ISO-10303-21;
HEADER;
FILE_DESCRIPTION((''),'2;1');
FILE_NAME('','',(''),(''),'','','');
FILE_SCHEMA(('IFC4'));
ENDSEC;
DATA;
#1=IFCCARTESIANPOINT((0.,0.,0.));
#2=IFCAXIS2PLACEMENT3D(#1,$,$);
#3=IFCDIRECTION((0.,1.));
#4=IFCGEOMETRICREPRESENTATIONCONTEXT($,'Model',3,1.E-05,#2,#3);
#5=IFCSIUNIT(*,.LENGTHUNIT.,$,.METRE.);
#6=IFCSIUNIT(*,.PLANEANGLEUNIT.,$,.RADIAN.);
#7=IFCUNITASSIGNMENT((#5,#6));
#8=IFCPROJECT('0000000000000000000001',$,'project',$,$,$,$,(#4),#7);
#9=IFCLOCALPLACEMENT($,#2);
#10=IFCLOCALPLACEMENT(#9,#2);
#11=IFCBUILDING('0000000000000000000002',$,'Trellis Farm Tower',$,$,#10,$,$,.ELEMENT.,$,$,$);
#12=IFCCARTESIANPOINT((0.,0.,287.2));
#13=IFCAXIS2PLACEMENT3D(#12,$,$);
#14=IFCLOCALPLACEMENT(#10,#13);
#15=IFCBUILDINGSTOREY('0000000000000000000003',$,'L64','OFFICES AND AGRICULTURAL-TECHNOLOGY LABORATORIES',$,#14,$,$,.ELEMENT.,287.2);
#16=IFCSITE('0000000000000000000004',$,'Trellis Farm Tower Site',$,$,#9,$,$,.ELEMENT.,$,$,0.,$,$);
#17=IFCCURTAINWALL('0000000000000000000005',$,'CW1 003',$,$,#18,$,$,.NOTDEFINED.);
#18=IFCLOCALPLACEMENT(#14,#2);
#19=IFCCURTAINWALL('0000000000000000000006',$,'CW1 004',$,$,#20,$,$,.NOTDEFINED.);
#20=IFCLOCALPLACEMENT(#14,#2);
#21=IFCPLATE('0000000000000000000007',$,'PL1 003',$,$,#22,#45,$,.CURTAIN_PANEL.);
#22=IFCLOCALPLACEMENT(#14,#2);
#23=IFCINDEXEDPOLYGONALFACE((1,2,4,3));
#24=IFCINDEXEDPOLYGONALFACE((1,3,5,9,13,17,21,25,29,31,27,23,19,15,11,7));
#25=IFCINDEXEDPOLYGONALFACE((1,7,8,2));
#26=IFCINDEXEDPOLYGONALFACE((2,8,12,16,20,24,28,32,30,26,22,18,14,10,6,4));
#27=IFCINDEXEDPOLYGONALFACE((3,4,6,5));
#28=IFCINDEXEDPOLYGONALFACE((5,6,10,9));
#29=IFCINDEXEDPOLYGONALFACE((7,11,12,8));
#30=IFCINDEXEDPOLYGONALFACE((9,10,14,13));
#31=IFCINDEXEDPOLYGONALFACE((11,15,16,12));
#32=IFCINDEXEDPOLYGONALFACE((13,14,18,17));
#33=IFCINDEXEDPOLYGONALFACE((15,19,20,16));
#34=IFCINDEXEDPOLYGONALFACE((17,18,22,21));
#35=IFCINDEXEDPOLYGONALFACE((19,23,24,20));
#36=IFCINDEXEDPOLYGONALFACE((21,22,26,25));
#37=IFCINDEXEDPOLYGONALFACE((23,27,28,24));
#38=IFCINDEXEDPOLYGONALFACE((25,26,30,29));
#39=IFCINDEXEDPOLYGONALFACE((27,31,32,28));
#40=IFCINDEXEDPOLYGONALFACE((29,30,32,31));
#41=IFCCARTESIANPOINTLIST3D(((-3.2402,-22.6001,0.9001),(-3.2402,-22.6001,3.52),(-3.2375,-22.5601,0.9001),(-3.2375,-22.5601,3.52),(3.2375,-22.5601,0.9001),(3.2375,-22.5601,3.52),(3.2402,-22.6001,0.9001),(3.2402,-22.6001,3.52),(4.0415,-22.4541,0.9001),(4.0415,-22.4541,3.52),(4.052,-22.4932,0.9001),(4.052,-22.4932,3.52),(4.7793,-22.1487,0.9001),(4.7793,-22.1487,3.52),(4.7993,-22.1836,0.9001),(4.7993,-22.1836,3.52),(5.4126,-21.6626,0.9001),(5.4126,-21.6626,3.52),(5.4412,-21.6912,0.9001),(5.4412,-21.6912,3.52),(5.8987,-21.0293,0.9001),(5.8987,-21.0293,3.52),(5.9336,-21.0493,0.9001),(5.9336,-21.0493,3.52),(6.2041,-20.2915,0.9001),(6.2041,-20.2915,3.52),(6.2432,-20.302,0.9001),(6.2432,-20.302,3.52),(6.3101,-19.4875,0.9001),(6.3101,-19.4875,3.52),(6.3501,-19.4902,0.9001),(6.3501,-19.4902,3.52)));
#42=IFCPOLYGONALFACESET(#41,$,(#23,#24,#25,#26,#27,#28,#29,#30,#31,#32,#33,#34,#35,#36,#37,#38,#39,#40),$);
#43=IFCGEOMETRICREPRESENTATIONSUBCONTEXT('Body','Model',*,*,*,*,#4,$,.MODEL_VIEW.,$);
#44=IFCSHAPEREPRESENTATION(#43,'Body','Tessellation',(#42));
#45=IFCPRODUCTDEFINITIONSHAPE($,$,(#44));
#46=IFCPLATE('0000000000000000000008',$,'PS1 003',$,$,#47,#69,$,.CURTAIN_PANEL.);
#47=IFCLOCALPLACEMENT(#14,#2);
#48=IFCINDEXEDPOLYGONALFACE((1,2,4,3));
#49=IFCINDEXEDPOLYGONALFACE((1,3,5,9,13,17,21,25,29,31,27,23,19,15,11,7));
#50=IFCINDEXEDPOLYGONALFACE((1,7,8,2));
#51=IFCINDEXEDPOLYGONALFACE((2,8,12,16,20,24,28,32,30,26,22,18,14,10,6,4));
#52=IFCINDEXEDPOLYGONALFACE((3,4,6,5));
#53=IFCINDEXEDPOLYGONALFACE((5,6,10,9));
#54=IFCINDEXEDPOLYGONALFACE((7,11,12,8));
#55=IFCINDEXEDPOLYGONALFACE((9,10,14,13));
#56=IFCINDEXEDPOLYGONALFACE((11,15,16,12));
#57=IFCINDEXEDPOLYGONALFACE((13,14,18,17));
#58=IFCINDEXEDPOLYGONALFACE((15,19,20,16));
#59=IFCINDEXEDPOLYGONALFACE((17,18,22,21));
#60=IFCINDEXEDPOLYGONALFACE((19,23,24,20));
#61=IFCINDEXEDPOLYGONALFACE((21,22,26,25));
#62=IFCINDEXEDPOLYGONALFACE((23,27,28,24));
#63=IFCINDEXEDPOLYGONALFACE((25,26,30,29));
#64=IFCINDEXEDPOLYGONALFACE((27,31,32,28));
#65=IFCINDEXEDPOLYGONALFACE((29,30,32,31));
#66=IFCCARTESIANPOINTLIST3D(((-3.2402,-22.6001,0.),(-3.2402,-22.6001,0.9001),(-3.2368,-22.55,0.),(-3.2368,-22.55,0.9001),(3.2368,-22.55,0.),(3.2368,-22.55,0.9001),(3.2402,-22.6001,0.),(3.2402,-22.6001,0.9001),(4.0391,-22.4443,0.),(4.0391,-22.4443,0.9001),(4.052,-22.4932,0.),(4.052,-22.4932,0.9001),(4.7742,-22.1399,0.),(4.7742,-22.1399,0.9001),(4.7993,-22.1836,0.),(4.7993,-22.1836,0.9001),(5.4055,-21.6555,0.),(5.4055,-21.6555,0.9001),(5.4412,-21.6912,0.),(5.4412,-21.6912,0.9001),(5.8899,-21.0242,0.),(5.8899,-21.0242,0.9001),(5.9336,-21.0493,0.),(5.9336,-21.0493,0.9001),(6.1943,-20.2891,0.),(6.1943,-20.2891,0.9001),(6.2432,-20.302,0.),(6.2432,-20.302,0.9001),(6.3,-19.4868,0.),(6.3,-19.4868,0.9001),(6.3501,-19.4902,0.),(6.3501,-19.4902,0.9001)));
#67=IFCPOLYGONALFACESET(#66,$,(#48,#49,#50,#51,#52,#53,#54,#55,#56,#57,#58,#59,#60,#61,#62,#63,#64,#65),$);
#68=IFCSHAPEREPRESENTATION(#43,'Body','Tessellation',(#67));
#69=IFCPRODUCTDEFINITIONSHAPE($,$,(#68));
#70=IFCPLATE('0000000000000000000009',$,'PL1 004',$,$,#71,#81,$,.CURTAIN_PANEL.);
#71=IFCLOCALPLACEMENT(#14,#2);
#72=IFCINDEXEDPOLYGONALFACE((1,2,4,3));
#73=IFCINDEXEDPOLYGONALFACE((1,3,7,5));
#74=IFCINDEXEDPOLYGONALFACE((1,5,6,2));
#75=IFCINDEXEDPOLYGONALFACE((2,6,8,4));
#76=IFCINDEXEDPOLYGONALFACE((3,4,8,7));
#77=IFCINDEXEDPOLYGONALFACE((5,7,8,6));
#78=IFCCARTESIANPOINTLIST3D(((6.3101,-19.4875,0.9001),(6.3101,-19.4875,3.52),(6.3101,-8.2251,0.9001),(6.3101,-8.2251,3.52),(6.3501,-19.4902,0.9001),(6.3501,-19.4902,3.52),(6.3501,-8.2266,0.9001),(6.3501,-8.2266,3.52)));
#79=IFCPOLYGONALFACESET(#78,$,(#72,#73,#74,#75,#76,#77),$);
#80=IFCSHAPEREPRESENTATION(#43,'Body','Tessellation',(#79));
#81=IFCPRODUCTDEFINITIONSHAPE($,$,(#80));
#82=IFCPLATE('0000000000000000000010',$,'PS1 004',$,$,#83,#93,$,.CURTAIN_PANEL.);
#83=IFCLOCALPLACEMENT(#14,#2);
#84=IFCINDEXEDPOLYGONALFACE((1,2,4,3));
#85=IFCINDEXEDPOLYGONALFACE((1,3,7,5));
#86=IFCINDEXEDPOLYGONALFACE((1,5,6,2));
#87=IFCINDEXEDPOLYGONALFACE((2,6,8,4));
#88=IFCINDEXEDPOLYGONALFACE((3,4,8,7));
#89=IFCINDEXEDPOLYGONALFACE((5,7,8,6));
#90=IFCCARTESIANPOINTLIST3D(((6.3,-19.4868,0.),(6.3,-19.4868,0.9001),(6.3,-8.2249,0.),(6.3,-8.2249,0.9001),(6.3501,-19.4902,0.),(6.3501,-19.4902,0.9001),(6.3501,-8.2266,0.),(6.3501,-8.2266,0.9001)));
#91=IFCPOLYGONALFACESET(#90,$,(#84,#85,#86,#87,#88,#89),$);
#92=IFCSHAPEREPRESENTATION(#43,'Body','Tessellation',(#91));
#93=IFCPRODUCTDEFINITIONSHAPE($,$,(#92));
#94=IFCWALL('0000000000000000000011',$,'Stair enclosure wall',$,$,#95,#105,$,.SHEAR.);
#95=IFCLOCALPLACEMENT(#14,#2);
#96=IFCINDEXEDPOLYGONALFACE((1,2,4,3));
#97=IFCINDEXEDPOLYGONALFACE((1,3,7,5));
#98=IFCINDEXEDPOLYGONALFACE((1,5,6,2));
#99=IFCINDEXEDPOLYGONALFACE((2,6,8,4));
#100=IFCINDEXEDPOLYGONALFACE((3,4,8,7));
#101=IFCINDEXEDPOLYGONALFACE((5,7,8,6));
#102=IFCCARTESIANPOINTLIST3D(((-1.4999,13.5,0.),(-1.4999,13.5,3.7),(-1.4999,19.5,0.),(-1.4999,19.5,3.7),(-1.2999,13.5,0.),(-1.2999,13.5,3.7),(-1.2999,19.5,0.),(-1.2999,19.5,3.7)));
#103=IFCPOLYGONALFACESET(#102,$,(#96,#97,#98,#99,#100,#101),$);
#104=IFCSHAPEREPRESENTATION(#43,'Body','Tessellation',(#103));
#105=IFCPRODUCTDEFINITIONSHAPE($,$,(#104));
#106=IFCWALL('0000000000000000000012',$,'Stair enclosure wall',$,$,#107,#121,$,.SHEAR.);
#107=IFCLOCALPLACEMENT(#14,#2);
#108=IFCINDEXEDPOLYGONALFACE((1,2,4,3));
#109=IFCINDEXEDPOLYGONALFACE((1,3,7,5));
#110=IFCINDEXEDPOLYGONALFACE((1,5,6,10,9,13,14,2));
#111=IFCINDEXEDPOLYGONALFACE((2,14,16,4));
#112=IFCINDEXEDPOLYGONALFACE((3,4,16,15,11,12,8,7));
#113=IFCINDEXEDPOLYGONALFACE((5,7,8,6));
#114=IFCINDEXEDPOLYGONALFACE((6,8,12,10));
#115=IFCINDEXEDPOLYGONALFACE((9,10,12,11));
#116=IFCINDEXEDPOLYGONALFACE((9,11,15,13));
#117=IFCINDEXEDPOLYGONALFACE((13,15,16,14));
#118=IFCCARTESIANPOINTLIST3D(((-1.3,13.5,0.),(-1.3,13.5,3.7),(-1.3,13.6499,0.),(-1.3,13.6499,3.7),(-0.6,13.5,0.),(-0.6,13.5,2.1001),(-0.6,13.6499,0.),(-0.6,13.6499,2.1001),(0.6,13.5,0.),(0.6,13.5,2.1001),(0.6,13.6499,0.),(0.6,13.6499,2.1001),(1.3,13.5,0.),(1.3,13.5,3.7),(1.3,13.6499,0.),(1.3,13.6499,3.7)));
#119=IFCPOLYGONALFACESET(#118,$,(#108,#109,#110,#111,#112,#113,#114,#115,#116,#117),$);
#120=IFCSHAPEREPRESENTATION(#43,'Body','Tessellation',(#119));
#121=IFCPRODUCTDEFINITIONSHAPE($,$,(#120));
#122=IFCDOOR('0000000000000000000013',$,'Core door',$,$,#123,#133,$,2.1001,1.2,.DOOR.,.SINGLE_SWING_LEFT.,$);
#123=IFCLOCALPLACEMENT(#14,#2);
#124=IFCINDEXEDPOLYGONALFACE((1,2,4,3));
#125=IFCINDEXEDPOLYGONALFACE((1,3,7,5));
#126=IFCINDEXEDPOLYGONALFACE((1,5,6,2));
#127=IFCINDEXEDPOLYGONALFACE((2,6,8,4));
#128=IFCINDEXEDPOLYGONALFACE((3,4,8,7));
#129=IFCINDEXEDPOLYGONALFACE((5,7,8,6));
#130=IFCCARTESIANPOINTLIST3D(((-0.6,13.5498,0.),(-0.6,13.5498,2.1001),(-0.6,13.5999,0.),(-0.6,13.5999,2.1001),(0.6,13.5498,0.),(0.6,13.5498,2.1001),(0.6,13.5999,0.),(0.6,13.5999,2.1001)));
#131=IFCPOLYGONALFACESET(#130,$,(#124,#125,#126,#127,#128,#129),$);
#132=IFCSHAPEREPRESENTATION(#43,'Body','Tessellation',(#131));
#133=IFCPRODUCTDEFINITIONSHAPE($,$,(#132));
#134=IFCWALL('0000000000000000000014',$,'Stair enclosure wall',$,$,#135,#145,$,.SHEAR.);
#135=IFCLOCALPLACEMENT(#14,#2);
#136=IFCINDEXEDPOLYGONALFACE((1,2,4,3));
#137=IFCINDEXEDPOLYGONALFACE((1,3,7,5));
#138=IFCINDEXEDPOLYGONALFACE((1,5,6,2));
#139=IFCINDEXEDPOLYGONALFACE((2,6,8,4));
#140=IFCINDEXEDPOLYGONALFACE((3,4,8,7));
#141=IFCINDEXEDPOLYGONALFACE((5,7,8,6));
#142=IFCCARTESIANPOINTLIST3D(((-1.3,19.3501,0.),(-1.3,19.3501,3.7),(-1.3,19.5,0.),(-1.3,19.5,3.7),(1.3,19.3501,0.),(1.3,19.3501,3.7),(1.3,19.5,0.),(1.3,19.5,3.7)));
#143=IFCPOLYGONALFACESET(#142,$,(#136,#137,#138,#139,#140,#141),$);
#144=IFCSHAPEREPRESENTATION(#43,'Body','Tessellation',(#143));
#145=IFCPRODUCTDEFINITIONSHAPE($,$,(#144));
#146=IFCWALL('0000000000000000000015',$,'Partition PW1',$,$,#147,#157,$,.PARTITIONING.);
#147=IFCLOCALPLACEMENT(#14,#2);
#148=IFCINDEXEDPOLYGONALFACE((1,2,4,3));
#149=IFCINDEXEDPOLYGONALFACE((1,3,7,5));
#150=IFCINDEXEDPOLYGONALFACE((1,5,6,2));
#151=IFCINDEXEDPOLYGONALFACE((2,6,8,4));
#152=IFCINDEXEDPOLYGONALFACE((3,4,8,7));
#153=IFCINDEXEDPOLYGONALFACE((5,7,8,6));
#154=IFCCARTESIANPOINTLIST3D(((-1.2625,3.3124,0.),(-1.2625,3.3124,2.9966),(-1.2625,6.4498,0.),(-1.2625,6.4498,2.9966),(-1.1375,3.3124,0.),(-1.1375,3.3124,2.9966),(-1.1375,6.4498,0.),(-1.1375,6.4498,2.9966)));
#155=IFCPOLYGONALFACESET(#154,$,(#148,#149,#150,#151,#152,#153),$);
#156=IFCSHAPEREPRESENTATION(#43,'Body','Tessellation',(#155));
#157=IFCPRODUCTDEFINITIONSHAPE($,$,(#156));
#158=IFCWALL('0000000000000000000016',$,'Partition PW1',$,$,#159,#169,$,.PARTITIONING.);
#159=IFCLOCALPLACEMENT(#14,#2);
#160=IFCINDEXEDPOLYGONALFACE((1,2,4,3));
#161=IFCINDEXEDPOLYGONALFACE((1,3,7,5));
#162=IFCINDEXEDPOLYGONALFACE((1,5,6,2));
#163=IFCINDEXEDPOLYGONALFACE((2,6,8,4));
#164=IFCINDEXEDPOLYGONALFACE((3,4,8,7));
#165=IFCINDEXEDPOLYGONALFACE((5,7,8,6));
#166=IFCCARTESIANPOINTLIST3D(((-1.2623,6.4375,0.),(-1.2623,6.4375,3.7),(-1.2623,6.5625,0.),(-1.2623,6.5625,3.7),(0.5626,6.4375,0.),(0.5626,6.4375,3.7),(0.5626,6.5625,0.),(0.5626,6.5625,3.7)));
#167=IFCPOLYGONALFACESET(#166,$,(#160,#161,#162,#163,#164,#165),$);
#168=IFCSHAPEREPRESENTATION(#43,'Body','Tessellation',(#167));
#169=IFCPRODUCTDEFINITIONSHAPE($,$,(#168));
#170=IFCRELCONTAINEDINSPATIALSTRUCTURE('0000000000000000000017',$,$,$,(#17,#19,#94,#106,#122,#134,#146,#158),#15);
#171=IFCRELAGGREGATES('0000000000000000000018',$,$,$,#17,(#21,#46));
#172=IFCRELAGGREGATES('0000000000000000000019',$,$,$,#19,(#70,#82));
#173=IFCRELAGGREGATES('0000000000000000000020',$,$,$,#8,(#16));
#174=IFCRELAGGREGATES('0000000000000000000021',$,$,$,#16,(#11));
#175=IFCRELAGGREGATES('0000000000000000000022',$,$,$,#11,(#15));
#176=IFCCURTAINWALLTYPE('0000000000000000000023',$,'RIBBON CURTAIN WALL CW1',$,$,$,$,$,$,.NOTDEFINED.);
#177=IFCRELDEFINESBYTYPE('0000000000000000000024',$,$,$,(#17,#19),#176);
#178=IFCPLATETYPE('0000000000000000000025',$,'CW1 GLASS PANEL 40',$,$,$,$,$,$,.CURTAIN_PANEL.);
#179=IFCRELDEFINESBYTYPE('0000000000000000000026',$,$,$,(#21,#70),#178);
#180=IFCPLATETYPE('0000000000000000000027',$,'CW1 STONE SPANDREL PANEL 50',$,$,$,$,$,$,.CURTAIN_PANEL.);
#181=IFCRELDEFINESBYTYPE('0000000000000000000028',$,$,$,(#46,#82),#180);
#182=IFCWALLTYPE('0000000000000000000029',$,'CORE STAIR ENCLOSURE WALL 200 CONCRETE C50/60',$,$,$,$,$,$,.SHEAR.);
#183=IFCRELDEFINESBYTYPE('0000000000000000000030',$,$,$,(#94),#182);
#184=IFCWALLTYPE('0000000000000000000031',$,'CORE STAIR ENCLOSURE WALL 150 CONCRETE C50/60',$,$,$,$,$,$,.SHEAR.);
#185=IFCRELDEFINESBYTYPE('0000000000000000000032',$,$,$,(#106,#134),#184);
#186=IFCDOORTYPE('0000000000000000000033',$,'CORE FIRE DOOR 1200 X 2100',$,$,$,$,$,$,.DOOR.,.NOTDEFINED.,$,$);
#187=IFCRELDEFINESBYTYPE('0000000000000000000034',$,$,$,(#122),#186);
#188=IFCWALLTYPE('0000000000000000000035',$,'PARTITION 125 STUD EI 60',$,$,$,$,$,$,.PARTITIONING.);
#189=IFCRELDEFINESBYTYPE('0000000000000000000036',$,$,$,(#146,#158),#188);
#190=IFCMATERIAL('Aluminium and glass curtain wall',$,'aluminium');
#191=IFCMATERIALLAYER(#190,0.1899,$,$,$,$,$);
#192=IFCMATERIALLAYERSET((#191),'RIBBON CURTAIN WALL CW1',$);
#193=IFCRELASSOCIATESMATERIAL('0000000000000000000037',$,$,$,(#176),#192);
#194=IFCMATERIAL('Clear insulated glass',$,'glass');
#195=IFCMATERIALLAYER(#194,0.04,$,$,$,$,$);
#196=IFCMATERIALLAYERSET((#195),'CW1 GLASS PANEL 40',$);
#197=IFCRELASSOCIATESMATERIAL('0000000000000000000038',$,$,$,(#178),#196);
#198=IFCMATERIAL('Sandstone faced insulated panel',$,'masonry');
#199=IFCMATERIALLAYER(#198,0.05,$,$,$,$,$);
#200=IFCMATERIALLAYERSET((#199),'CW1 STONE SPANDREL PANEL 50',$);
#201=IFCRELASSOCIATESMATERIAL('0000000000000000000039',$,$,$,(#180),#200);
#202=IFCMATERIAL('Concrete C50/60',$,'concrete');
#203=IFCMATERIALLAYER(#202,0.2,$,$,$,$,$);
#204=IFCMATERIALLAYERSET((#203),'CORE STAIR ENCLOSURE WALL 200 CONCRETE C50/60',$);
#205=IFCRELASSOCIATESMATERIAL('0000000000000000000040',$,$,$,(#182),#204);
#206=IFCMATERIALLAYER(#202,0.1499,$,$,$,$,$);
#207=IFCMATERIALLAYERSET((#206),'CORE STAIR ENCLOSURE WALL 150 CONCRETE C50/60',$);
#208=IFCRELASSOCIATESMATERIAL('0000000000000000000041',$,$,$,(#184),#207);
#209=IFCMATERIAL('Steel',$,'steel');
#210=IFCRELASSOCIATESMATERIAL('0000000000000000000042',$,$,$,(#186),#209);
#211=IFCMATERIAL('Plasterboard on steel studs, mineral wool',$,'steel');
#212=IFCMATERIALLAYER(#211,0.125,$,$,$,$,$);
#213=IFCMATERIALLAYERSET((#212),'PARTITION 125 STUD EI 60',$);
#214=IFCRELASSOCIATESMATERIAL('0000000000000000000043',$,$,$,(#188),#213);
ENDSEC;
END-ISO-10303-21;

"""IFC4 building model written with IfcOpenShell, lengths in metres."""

from ifc_helpers import new_model, si_unit, direction, frame, frame_2d, origin, place, context, subcontext, project, spatial, polyline, rectangle, outline, extrude, source, transform, mapped, material, layer, layer_set, type_object, element, fill, aggregate, save


model = new_model("IFC4")

# Units and contexts
model_context = context("Model", 3, precision=1e-05, world=origin(), true_north=direction((0.0, 1.0)))
body_context = subcontext(model_context, "Body", "Model", "MODEL_VIEW")
ifc_project = project(units=[si_unit("LENGTHUNIT", "METRE"), si_unit("PLANEANGLEUNIT", "RADIAN")], contexts=[model_context])

# Site, building, storey
site_placement = place(None, origin())
site = spatial("IfcSite", under=ifc_project, at=site_placement, Name="Trellis Farm Tower Site", CompositionType="ELEMENT", RefElevation=0.0)
building_placement = place(site_placement, origin())
building = spatial("IfcBuilding", under=site, at=building_placement, Name="Trellis Farm Tower", CompositionType="ELEMENT")
storey_placement = place(building_placement, frame((0.0, 0.0, 287.2)))
storey = spatial("IfcBuildingStorey", under=building, at=storey_placement, Name="L64", Description="OFFICES AND AGRICULTURAL-TECHNOLOGY LABORATORIES", CompositionType="ELEMENT", Elevation=287.2)

# Curtain walls
ifc_material_1 = material(Name="Aluminium and glass curtain wall", Category="aluminium")
placement_1 = place(storey_placement, origin())
ifc_layer_1 = layer(ifc_material_1, 0.1899)
ifc_layer_set_1 = layer_set([ifc_layer_1], Name="RIBBON CURTAIN WALL CW1")
curtain_wall_type_1 = type_object("IfcCurtainWallType", Name="RIBBON CURTAIN WALL CW1", PredefinedType="NOTDEFINED", material=ifc_layer_set_1)
curtain_wall_1 = element("IfcCurtainWall", 1, at=placement_1, inside=storey, type_object=curtain_wall_type_1, Name="CW1 003", PredefinedType="NOTDEFINED")
curtain_wall_2 = element("IfcCurtainWall", 2, at=placement_1, inside=storey, type_object=curtain_wall_type_1, Name="CW1 004", PredefinedType="NOTDEFINED")

# Plates
ifc_material_2 = material(Name="Clear insulated glass", Category="glass")
ifc_layer_2 = layer(ifc_material_2, 0.04)
ifc_layer_set_2 = layer_set([ifc_layer_2], Name="CW1 GLASS PANEL 40")
plate_type_1 = type_object("IfcPlateType", Name="CW1 GLASS PANEL 40", PredefinedType="CURTAIN_PANEL", material=ifc_layer_set_2)
placement_2 = place(storey_placement, frame((0.0, 0.0, 0.9001)))
ifc_material_3 = material(Name="Sandstone faced insulated panel", Category="masonry")
ifc_layer_3 = layer(ifc_material_3, 0.05)
ifc_layer_set_3 = layer_set([ifc_layer_3], Name="CW1 STONE SPANDREL PANEL 50")
plate_type_2 = type_object("IfcPlateType", Name="CW1 STONE SPANDREL PANEL 50", PredefinedType="CURTAIN_PANEL", material=ifc_layer_set_3)
shared_shape_1 = source(origin(), body_context, "Body", "SweptSolid", [
    extrude(outline(polyline([(-3.2402, -22.6001), (3.2402, -22.6001), (4.052, -22.4932), (4.7993, -22.1836), (5.4412, -21.6912), (5.9336, -21.0493), (6.2432, -20.302), (6.3501, -19.4902), (6.3101, -19.4875), (6.2041, -20.2915), (5.8987, -21.0293), (5.4126, -21.6626), (4.7793, -22.1487), (4.0415, -22.4541), (3.2375, -22.5601), (-3.2375, -22.5601), (-3.2402, -22.6001)])), origin(), (0.0, 0.0, 1.0), 2.6199),
])
plate_1 = element("IfcPlate", 3, at=placement_2, type_object=plate_type_1, Name="PL1 003", PredefinedType="CURTAIN_PANEL", context=body_context, shape_type="MappedRepresentation", body=[
    mapped(shared_shape_1, transform((0.0, 0.0, 0.0))),
])
shared_shape_2 = source(origin(), body_context, "Body", "SweptSolid", [
    extrude(outline(polyline([(-3.2402, -22.6001), (3.2402, -22.6001), (4.052, -22.4932), (4.7993, -22.1836), (5.4412, -21.6912), (5.9336, -21.0493), (6.2432, -20.302), (6.3501, -19.4902), (6.3, -19.4868), (6.1943, -20.2891), (5.8899, -21.0242), (5.4055, -21.6555), (4.7742, -22.1399), (4.0391, -22.4443), (3.2368, -22.55), (-3.2368, -22.55), (-3.2402, -22.6001)])), origin(), (0.0, 0.0, 1.0), 0.9001),
])
plate_2 = element("IfcPlate", 4, at=placement_1, type_object=plate_type_2, Name="PS1 003", PredefinedType="CURTAIN_PANEL", context=body_context, shape_type="MappedRepresentation", body=[
    mapped(shared_shape_2, transform((0.0, 0.0, 0.0))),
])
aggregate(curtain_wall_1, [plate_1, plate_2])
shared_shape_3 = source(origin(), body_context, "Body", "SweptSolid", [
    extrude(outline(polyline([(6.3501, -19.4902), (6.3501, -8.2266), (6.3101, -8.2251), (6.3101, -19.4875), (6.3501, -19.4902)])), origin(), (0.0, 0.0, 1.0), 2.6199),
])
plate_3 = element("IfcPlate", 5, at=placement_2, type_object=plate_type_1, Name="PL1 004", PredefinedType="CURTAIN_PANEL", context=body_context, shape_type="MappedRepresentation", body=[
    mapped(shared_shape_3, transform((0.0, 0.0, 0.0))),
])
shared_shape_4 = source(origin(), body_context, "Body", "SweptSolid", [
    extrude(outline(polyline([(6.3501, -19.4902), (6.3501, -8.2266), (6.3, -8.2249), (6.3, -19.4868), (6.3501, -19.4902)])), origin(), (0.0, 0.0, 1.0), 0.9001),
])
plate_4 = element("IfcPlate", 6, at=placement_1, type_object=plate_type_2, Name="PS1 004", PredefinedType="CURTAIN_PANEL", context=body_context, shape_type="MappedRepresentation", body=[
    mapped(shared_shape_4, transform((0.0, 0.0, 0.0))),
])
aggregate(curtain_wall_2, [plate_3, plate_4])

# Wall
ifc_material_4 = material(Name="Concrete C50/60", Category="concrete")
ifc_layer_4 = layer(ifc_material_4, 0.2)
ifc_layer_set_4 = layer_set([ifc_layer_4], Name="CORE STAIR ENCLOSURE WALL 200 CONCRETE C50/60")
wall_type_1 = type_object("IfcWallType", Name="CORE STAIR ENCLOSURE WALL 200 CONCRETE C50/60", PredefinedType="SHEAR", material=ifc_layer_set_4)
shared_shape_5 = source(origin(), body_context, "Body", "SweptSolid", [
    extrude(rectangle(XDim=6.0, YDim=0.2, at=frame_2d((3.0, 0.0))), origin(), (0.0, 0.0, 1.0), 3.7),
])
wall_1_placement = place(storey_placement, frame((-1.3999, 13.5, 0.0), z_axis=(0.0, 0.0, 1.0), x_axis=(0.0, 1.0, 0.0)))
element("IfcWall", 7, at=wall_1_placement, inside=storey, type_object=wall_type_1, Name="Stair enclosure wall", PredefinedType="SHEAR", context=body_context, shape_type="MappedRepresentation", body=[
    mapped(shared_shape_5, transform((0.0, 0.0, 0.0))),
])

# Wall, opening, door
ifc_layer_5 = layer(ifc_material_4, 0.1499)
ifc_layer_set_5 = layer_set([ifc_layer_5], Name="CORE STAIR ENCLOSURE WALL 150 CONCRETE C50/60")
wall_type_2 = type_object("IfcWallType", Name="CORE STAIR ENCLOSURE WALL 150 CONCRETE C50/60", PredefinedType="SHEAR", material=ifc_layer_set_5)
shared_shape_6 = source(origin(), body_context, "Body", "SweptSolid", [
    extrude(rectangle(XDim=2.6001, YDim=0.1499, at=frame_2d((1.3, 0.0))), origin(), (0.0, 0.0, 1.0), 3.7),
])
wall_2_placement = place(storey_placement, frame((-1.3, 13.575, 0.0), z_axis=(0.0, 0.0, 1.0), x_axis=(1.0, 0.0, 0.0)))
wall_2 = element("IfcWall", 8, at=wall_2_placement, inside=storey, type_object=wall_type_2, Name="Stair enclosure wall", PredefinedType="SHEAR", context=body_context, shape_type="MappedRepresentation", body=[
    mapped(shared_shape_6, transform((0.0, 0.0, 0.0))),
])
shared_shape_7 = source(origin(), body_context, "Body", "SweptSolid", [
    extrude(rectangle(XDim=1.2, YDim=2.1001, at=frame_2d((0.6001, 1.05))), frame((0.0, 0.085, 0.0), z_axis=(0.0, -1.0, 0.0), x_axis=(1.0, 0.0, 0.0)), (0.0, 0.0, 1.0), 0.1699),
])
opening_1_placement = place(wall_2_placement, frame((0.7, 0.0, 0.0)))
opening_1 = element("IfcOpeningElement", 9, at=opening_1_placement, cuts=wall_2, PredefinedType="OPENING", context=body_context, shape_type="MappedRepresentation", body=[
    mapped(shared_shape_7, transform((0.0, 0.0, 0.0))),
])
ifc_material_5 = material(Name="Steel", Category="steel")
door_type_1 = type_object("IfcDoorType", Name="CORE FIRE DOOR 1200 X 2100", OperationType="NOTDEFINED", PredefinedType="DOOR", material=ifc_material_5)
shared_shape_8 = source(origin(), body_context, "Body", "SweptSolid", [
    extrude(rectangle(XDim=1.2, YDim=2.1001, at=frame_2d((0.6001, 1.05))), frame((0.0, 0.0249, 0.0), z_axis=(0.0, -1.0, 0.0), x_axis=(1.0, 0.0, 0.0)), (0.0, 0.0, 1.0), 0.05),
])
door_1_placement = place(opening_1_placement, origin())
door_1 = element("IfcDoor", 10, at=door_1_placement, inside=storey, type_object=door_type_1, Name="Core door", OperationType="SINGLE_SWING_LEFT", OverallHeight=2.1001, OverallWidth=1.2, PredefinedType="DOOR", context=body_context, shape_type="MappedRepresentation", body=[
    mapped(shared_shape_8, transform((0.0, 0.0, 0.0))),
])
fill(opening_1, door_1)

# Walls
wall_3_placement = place(storey_placement, frame((-1.3, 19.425, 0.0), z_axis=(0.0, 0.0, 1.0), x_axis=(1.0, 0.0, 0.0)))
element("IfcWall", 11, at=wall_3_placement, inside=storey, type_object=wall_type_2, Name="Stair enclosure wall", PredefinedType="SHEAR", context=body_context, shape_type="MappedRepresentation", body=[
    mapped(shared_shape_6, transform((0.0, 0.0, 0.0))),
])
ifc_material_6 = material(Name="Plasterboard on steel studs, mineral wool", Category="steel")
ifc_layer_6 = layer(ifc_material_6, 0.125)
ifc_layer_set_6 = layer_set([ifc_layer_6], Name="PARTITION 125 STUD EI 60")
wall_type_3 = type_object("IfcWallType", Name="PARTITION 125 STUD EI 60", PredefinedType="PARTITIONING", material=ifc_layer_set_6)
shared_shape_9 = source(origin(), body_context, "Body", "SweptSolid", [
    extrude(rectangle(XDim=3.1375, YDim=0.125, at=frame_2d((1.5688, 0.0))), origin(), (0.0, 0.0, 1.0), 2.9966),
])
wall_4_placement = place(storey_placement, frame((-1.2, 6.45, 0.0), z_axis=(0.0, 0.0, 1.0), x_axis=(0.0, -1.0, 0.0)))
element("IfcWall", 12, at=wall_4_placement, inside=storey, type_object=wall_type_3, Name="Partition PW1", PredefinedType="PARTITIONING", context=body_context, shape_type="MappedRepresentation", body=[
    mapped(shared_shape_9, transform((0.0, 0.0, 0.0))),
])
shared_shape_10 = source(origin(), body_context, "Body", "SweptSolid", [
    extrude(rectangle(XDim=1.825, YDim=0.125, at=frame_2d((0.9126, 0.0))), origin(), (0.0, 0.0, 1.0), 3.7),
])
wall_5_placement = place(storey_placement, frame((-1.2625, 6.5, 0.0), z_axis=(0.0, 0.0, 1.0), x_axis=(1.0, 0.0, 0.0)))
element("IfcWall", 13, at=wall_5_placement, inside=storey, type_object=wall_type_3, Name="Partition PW1", PredefinedType="PARTITIONING", context=body_context, shape_type="MappedRepresentation", body=[
    mapped(shared_shape_10, transform((0.0, 0.0, 0.0))),
])

save(model, "model.ifc")
